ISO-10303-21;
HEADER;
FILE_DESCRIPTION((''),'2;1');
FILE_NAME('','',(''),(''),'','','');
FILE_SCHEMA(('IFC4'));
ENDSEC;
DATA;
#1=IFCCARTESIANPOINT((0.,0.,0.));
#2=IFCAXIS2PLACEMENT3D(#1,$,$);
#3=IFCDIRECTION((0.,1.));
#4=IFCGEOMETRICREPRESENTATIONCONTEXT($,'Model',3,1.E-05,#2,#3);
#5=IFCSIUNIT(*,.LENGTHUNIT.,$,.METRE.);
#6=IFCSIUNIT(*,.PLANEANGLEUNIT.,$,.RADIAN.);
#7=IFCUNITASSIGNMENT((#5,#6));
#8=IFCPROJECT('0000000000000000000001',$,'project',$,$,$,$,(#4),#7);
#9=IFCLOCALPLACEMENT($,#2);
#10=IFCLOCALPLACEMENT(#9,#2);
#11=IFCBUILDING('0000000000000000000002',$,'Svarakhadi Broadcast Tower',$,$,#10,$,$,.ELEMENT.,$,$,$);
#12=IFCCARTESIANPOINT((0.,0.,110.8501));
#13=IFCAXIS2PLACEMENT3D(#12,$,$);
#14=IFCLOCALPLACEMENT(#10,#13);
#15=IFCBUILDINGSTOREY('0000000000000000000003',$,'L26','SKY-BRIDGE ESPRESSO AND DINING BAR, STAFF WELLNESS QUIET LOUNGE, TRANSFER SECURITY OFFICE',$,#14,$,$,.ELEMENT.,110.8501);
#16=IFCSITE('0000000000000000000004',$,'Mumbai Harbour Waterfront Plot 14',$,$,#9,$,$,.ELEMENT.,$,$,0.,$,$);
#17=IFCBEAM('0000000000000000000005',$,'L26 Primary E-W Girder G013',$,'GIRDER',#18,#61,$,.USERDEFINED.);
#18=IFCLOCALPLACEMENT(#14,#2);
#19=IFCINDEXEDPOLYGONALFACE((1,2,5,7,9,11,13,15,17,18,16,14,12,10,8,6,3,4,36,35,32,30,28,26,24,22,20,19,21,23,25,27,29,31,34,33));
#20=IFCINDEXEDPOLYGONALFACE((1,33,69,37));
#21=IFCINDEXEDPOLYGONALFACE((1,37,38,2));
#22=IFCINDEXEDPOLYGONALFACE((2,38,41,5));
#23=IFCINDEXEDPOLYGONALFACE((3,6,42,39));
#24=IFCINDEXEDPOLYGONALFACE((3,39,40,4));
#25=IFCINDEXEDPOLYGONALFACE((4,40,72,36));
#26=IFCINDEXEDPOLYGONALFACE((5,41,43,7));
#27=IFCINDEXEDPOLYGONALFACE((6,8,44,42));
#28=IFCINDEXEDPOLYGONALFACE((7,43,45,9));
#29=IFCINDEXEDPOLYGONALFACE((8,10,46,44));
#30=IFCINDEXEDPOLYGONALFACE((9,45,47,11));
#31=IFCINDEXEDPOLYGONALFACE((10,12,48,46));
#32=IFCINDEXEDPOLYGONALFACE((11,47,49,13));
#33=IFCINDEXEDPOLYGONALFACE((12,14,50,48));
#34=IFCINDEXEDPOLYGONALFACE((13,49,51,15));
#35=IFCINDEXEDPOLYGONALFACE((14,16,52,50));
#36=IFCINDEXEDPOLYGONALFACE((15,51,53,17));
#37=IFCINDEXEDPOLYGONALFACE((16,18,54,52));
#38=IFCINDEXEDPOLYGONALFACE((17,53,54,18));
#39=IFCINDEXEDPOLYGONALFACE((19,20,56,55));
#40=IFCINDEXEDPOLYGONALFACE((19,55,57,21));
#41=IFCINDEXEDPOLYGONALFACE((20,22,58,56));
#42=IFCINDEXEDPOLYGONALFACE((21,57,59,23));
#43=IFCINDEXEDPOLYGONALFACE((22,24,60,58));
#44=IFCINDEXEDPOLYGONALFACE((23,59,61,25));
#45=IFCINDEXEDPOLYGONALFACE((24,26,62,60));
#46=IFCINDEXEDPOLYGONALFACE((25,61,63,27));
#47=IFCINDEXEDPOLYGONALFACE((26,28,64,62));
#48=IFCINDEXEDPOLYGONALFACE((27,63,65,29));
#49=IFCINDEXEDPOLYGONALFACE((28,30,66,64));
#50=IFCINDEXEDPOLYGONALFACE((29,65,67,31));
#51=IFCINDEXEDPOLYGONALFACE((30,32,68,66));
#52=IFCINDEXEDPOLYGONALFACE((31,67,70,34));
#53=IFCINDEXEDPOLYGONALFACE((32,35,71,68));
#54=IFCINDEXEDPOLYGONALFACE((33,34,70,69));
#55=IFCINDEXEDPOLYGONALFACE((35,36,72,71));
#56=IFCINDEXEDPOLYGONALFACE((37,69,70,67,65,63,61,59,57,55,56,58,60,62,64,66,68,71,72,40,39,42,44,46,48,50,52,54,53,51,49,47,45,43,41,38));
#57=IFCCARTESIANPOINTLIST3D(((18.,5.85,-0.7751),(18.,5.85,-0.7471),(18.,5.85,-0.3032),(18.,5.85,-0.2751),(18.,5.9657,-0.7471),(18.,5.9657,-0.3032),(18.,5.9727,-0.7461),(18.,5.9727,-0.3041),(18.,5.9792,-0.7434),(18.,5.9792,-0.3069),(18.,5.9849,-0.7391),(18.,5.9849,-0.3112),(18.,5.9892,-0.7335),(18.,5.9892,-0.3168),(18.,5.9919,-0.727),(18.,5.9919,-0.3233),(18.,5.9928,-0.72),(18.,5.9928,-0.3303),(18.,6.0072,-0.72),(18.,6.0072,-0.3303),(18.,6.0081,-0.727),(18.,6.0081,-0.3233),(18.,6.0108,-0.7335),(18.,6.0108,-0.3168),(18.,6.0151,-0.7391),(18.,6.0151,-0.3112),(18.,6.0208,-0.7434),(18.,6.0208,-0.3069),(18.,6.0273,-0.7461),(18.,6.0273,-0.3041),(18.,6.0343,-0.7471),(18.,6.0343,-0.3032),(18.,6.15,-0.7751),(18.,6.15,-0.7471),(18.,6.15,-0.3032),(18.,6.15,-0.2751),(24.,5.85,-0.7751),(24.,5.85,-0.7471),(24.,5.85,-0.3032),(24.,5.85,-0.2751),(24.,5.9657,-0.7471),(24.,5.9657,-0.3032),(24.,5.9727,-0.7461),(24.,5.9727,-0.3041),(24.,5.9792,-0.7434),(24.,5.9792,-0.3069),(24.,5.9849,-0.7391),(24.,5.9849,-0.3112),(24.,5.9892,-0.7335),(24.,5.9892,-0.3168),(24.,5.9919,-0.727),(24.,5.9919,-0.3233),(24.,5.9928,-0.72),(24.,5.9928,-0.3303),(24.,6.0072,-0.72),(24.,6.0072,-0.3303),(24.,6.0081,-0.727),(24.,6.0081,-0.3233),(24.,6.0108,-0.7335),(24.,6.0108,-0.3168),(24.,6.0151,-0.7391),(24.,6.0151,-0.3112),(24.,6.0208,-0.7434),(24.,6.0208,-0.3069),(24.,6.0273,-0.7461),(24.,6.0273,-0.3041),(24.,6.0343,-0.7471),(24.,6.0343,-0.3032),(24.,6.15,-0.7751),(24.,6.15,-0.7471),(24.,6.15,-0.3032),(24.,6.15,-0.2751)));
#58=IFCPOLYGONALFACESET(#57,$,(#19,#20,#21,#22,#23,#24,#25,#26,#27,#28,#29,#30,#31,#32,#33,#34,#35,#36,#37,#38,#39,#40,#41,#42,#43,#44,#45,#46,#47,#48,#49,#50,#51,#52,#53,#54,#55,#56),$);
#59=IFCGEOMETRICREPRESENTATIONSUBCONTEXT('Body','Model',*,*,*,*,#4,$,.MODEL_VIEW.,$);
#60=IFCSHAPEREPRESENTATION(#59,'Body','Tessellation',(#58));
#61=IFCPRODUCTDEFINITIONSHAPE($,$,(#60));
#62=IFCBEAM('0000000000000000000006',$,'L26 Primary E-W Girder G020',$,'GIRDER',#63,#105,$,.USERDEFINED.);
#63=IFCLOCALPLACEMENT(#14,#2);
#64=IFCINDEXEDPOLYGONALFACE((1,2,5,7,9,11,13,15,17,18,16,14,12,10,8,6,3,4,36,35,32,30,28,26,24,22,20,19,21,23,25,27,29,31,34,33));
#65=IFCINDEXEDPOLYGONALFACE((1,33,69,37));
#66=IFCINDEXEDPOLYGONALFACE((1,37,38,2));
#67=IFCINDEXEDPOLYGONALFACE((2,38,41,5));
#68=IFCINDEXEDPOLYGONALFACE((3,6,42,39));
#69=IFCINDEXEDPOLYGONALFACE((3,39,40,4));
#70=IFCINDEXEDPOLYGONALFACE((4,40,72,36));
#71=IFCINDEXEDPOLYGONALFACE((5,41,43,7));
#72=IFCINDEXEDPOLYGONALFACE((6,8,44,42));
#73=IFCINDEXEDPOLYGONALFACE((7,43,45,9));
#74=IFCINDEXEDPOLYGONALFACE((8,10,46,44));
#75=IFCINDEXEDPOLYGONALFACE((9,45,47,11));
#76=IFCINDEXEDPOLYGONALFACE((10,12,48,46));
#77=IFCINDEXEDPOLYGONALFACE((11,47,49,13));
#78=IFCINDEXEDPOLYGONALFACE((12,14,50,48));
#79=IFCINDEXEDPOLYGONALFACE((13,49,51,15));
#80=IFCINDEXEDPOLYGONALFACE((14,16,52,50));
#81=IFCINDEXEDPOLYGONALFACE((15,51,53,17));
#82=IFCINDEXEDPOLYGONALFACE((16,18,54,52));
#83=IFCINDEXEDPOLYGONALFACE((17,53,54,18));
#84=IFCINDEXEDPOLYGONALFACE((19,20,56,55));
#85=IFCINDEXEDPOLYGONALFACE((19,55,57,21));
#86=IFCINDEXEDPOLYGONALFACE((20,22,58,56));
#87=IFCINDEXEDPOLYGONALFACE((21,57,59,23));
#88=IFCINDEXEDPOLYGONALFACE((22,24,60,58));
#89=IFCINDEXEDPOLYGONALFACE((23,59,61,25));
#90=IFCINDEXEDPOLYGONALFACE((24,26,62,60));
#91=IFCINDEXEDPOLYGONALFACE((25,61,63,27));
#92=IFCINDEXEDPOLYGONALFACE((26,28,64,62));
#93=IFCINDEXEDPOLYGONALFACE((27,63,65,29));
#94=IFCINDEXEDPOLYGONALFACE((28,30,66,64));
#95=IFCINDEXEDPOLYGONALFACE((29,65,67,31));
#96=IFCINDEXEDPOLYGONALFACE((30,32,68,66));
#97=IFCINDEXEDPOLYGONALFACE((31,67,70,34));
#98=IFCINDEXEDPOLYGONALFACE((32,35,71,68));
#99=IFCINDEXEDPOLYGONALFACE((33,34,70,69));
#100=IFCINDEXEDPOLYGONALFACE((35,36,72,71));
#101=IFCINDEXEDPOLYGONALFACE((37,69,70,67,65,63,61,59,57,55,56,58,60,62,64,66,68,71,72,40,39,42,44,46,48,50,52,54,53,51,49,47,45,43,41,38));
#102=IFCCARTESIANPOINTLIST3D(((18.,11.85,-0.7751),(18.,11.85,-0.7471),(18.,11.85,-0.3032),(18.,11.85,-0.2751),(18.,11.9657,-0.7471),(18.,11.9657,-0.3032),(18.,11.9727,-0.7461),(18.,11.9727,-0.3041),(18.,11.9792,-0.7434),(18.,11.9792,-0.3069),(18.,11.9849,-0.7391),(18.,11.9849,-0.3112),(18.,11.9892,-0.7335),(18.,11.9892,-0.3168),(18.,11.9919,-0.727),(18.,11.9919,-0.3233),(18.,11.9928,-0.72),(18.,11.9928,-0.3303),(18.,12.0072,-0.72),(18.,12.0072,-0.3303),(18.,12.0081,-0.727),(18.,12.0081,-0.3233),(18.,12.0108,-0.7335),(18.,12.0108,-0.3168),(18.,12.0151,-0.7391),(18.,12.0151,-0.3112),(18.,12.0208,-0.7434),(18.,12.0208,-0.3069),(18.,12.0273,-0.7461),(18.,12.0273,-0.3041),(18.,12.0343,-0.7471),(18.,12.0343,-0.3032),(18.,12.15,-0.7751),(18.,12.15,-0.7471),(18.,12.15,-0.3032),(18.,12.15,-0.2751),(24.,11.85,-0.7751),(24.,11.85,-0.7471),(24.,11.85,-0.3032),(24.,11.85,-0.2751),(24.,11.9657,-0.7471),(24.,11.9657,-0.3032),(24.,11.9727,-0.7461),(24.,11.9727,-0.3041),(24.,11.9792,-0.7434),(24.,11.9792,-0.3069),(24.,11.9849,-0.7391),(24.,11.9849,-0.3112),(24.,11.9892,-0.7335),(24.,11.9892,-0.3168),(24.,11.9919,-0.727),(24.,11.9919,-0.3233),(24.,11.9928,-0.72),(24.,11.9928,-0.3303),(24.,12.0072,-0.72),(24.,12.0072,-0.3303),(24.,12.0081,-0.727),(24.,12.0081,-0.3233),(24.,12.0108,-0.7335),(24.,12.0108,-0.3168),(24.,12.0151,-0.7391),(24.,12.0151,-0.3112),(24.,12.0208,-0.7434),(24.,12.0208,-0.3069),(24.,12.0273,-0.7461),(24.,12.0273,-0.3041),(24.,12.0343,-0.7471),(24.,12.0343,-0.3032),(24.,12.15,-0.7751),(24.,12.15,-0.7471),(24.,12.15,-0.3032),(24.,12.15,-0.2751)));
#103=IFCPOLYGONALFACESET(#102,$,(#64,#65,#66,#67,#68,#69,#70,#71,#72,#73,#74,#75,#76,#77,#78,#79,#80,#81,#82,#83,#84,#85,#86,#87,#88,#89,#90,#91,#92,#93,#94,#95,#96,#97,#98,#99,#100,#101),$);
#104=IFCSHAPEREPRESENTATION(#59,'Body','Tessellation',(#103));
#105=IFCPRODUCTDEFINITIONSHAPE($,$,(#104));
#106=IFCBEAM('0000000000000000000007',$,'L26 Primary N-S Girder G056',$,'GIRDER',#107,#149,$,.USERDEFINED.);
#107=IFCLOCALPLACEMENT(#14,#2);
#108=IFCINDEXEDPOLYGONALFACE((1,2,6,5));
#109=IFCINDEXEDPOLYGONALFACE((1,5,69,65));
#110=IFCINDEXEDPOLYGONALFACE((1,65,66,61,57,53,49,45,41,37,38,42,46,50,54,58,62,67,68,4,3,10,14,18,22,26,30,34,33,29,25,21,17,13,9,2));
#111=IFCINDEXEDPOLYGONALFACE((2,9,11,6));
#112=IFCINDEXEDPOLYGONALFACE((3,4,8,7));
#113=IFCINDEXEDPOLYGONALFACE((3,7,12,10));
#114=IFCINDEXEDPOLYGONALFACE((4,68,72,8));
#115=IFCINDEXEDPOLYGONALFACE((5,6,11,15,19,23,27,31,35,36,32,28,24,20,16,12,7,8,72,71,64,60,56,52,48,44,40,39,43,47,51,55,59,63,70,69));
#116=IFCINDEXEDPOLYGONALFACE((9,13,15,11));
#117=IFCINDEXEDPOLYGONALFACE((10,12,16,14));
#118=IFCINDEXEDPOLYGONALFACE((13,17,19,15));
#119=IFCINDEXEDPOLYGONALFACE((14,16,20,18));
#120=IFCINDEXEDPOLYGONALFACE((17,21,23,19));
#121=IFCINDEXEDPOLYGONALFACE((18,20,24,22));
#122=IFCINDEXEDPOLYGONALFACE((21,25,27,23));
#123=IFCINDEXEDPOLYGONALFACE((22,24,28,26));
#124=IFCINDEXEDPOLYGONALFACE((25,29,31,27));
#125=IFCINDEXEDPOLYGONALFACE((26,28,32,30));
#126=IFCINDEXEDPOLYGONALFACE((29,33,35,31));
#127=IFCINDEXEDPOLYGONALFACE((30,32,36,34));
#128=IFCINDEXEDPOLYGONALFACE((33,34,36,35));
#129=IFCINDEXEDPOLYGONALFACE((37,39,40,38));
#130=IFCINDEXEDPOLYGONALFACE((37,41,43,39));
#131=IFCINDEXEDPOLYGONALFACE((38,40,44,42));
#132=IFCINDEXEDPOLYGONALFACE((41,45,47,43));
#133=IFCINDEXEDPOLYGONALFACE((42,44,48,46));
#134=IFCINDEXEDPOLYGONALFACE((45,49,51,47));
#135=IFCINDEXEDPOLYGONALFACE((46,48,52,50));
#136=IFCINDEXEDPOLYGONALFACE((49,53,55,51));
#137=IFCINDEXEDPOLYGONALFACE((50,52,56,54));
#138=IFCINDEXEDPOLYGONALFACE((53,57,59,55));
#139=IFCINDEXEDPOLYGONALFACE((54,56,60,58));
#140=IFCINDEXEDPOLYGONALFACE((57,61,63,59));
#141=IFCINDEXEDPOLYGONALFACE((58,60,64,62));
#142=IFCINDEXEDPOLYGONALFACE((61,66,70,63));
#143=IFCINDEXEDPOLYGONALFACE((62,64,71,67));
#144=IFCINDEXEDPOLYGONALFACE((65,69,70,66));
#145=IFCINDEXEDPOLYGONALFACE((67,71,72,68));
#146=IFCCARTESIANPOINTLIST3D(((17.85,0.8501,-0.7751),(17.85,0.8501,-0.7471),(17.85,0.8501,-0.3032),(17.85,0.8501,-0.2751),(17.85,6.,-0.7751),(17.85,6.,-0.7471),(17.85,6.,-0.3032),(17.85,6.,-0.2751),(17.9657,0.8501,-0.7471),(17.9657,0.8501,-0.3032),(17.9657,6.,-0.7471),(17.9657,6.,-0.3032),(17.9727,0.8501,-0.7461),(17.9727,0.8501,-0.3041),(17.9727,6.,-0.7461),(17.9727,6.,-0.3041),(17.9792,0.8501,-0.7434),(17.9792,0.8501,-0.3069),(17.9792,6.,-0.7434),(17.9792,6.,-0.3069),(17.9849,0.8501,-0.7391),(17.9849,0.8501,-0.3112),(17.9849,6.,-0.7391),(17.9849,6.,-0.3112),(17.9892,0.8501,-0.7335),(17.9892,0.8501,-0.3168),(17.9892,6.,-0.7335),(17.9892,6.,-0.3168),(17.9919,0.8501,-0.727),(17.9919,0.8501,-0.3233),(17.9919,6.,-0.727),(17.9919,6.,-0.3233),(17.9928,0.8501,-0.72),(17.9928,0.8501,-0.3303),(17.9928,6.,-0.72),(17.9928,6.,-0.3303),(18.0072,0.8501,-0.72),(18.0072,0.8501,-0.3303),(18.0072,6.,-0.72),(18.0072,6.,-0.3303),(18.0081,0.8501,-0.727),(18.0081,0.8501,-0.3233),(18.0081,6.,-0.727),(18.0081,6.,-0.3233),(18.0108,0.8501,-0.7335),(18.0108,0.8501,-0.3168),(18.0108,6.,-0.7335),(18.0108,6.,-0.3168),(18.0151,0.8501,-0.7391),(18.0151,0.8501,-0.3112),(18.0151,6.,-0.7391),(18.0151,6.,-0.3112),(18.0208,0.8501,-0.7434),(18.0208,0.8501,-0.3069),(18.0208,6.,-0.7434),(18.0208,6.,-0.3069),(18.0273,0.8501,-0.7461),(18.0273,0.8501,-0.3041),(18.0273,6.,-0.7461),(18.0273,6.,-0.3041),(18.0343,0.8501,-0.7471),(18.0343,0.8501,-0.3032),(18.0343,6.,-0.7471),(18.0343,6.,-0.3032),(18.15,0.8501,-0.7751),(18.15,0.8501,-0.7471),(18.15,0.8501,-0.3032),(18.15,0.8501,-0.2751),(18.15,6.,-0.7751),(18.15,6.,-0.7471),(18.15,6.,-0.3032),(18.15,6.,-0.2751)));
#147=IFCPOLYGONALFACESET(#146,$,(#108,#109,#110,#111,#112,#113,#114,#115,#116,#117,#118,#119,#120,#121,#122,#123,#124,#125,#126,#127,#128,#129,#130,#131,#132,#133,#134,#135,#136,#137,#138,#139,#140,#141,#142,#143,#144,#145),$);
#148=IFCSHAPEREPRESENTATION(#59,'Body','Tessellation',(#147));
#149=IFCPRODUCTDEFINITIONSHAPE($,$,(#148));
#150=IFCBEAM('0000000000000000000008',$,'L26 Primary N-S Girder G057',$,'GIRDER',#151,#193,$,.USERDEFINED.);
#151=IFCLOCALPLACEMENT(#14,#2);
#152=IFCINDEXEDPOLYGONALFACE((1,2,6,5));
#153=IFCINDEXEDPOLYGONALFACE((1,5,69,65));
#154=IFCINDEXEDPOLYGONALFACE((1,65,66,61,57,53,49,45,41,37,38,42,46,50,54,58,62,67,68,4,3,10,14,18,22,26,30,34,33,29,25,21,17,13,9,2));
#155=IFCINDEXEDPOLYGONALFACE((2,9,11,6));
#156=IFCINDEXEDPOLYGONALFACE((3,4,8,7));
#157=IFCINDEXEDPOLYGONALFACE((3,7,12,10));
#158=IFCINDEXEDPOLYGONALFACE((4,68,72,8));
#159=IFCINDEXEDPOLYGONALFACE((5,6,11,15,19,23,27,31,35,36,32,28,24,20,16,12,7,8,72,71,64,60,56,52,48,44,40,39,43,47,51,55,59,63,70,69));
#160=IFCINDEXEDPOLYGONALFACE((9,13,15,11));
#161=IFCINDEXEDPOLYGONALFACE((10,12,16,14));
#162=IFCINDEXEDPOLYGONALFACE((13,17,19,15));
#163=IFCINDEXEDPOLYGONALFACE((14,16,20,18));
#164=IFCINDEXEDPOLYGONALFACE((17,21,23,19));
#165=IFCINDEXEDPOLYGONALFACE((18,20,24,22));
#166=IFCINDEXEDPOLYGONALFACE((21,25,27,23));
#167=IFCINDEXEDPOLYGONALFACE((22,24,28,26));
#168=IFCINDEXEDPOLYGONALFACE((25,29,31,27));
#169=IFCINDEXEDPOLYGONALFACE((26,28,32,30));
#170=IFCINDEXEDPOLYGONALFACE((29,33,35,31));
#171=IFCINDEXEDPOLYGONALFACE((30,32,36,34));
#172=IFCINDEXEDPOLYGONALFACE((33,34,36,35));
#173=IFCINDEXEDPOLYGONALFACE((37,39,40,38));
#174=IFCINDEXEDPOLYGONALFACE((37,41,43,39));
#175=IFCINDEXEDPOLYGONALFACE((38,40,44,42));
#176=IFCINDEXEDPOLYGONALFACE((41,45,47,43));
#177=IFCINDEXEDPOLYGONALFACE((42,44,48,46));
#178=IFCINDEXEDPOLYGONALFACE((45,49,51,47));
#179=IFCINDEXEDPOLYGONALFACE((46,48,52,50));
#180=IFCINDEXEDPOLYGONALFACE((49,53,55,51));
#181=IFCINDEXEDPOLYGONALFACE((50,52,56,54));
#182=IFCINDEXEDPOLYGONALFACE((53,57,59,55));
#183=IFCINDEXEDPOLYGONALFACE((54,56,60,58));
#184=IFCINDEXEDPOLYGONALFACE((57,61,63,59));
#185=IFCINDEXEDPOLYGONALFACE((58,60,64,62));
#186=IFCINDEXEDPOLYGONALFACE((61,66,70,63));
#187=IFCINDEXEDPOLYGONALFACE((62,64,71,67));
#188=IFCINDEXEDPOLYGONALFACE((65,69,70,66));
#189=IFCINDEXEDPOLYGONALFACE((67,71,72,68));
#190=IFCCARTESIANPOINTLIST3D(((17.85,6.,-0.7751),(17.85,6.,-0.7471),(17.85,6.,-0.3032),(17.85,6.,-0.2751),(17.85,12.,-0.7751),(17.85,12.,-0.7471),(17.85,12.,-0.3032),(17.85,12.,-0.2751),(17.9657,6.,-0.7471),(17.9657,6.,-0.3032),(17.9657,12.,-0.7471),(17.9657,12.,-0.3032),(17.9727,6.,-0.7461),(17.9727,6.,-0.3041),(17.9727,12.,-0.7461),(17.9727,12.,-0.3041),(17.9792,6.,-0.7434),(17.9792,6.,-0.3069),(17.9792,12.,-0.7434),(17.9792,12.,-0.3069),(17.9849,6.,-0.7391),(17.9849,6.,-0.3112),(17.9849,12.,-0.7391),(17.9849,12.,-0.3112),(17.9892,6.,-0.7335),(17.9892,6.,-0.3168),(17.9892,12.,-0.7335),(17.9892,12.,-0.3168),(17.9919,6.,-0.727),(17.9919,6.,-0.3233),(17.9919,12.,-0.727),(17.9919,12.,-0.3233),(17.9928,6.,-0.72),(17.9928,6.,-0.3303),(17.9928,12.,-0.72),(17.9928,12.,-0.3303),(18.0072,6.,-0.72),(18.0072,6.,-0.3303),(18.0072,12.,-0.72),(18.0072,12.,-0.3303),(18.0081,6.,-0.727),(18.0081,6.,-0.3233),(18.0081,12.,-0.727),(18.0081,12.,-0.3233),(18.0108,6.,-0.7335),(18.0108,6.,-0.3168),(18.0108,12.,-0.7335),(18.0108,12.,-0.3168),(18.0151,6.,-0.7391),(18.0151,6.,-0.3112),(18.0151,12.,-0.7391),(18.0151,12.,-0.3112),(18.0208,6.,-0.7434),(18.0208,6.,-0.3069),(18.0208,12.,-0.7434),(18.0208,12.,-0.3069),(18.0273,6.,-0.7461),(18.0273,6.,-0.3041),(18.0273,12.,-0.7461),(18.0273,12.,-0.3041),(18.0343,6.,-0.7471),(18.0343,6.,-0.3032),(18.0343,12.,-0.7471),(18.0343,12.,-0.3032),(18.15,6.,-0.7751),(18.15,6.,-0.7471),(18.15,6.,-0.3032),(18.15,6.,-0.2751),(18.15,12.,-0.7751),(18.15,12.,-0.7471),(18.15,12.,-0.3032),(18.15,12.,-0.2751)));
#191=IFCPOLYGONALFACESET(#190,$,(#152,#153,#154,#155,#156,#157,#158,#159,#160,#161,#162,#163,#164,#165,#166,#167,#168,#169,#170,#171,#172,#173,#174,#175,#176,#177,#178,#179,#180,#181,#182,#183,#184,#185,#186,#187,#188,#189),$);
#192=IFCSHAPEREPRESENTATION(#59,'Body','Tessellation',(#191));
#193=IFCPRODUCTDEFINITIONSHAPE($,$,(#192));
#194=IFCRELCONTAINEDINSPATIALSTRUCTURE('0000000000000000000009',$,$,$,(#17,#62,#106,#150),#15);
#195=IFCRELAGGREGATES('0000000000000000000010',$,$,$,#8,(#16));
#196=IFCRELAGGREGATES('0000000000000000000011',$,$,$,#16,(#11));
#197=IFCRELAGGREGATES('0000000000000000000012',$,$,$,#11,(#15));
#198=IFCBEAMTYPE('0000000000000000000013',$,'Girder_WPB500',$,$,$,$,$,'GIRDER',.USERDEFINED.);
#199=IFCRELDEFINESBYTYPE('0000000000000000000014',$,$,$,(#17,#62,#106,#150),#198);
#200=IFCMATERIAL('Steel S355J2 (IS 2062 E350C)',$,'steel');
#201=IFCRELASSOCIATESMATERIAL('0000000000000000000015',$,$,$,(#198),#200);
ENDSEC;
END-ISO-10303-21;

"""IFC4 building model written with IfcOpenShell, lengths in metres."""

from ifc_helpers import new_model, si_unit, direction, frame, origin, origin_2d, place, context, subcontext, project, spatial, i_section, extrude, material, material_profile, profile_set, type_object, element, save


model = new_model("IFC4")

# Units and contexts
model_context = context("Model", 3, precision=1e-05, world=origin(), true_north=direction((0.0, 1.0)))
body_context = subcontext(model_context, "Body", "Model", "MODEL_VIEW")
ifc_project = project(units=[si_unit("LENGTHUNIT", "METRE"), si_unit("PLANEANGLEUNIT", "RADIAN")], contexts=[model_context])

# Site, building, storey
site_placement = place(None, origin())
site = spatial("IfcSite", under=ifc_project, at=site_placement, Name="Mumbai Harbour Waterfront Plot 14", CompositionType="ELEMENT", RefElevation=0.0)
building_placement = place(site_placement, origin())
building = spatial("IfcBuilding", under=site, at=building_placement, Name="Svarakhadi Broadcast Tower", CompositionType="ELEMENT")
storey_placement = place(building_placement, frame((0.0, 0.0, 110.8501)))
storey = spatial("IfcBuildingStorey", under=building, at=storey_placement, Name="L26", Description="SKY-BRIDGE ESPRESSO AND DINING BAR, STAFF WELLNESS QUIET LOUNGE, TRANSFER SECURITY OFFICE", CompositionType="ELEMENT", Elevation=110.8501)

# Shared definitions
ifc_material_1 = material(Name="Steel S355J2 (IS 2062 E350C)", Category="steel")

# Beams
ifc_material_profile_1 = material_profile(ifc_material_1, i_section(OverallWidth=0.3, OverallDepth=0.5, WebThickness=0.0144, FlangeThickness=0.0281, FilletRadius=0.0271, at=origin_2d()), Name="WPB 500x300x187")
ifc_profile_set_1 = profile_set([ifc_material_profile_1], Name="Steel S355J2 (IS 2062 E350C)")
beam_type_1 = type_object("IfcBeamType", Name="Girder_WPB500", ElementType="GIRDER", PredefinedType="USERDEFINED", material=ifc_profile_set_1)
for number, where, z_axis, x_axis, name in (
    (1, (18.0, 6.0, -0.5251), (1.0, 0.0, 0.0), (0.0, 1.0, 0.0), "L26 Primary E-W Girder G013"),
    (2, (18.0, 12.0, -0.5251), (1.0, 0.0, 0.0), (0.0, 1.0, 0.0), "L26 Primary E-W Girder G020"),
):
    element("IfcBeam", number, at=place(storey_placement, frame(where, z_axis=z_axis, x_axis=x_axis)), inside=storey, type_object=beam_type_1, Name=name, ObjectType="GIRDER", PredefinedType="USERDEFINED", context=body_context, shape_type="SweptSolid", body=[
        extrude(i_section(OverallWidth=0.3, OverallDepth=0.5, WebThickness=0.0144, FlangeThickness=0.0281, FilletRadius=0.0271, at=origin_2d()), origin(), (0.0, 0.0, 1.0), 6.0),
    ])
beam_1_placement = place(storey_placement, frame((18.0, 0.8501, -0.5251), z_axis=(0.0, 1.0, 0.0), x_axis=(-1.0, 0.0, 0.0)))
element("IfcBeam", 3, at=beam_1_placement, inside=storey, type_object=beam_type_1, Name="L26 Primary N-S Girder G056", ObjectType="GIRDER", PredefinedType="USERDEFINED", context=body_context, shape_type="SweptSolid", body=[
    extrude(i_section(OverallWidth=0.3, OverallDepth=0.5, WebThickness=0.0144, FlangeThickness=0.0281, FilletRadius=0.0271, at=origin_2d()), origin(), (0.0, 0.0, 1.0), 5.1499),
])
for number, where, z_axis, x_axis, name in (
    (4, (18.0, 6.0, -0.5251), (0.0, 1.0, 0.0), (-1.0, 0.0, 0.0), "L26 Primary N-S Girder G057"),
):
    element("IfcBeam", number, at=place(storey_placement, frame(where, z_axis=z_axis, x_axis=x_axis)), inside=storey, type_object=beam_type_1, Name=name, ObjectType="GIRDER", PredefinedType="USERDEFINED", context=body_context, shape_type="SweptSolid", body=[
        extrude(i_section(OverallWidth=0.3, OverallDepth=0.5, WebThickness=0.0144, FlangeThickness=0.0281, FilletRadius=0.0271, at=origin_2d()), origin(), (0.0, 0.0, 1.0), 6.0),
    ])

save(model, "model.ifc")
